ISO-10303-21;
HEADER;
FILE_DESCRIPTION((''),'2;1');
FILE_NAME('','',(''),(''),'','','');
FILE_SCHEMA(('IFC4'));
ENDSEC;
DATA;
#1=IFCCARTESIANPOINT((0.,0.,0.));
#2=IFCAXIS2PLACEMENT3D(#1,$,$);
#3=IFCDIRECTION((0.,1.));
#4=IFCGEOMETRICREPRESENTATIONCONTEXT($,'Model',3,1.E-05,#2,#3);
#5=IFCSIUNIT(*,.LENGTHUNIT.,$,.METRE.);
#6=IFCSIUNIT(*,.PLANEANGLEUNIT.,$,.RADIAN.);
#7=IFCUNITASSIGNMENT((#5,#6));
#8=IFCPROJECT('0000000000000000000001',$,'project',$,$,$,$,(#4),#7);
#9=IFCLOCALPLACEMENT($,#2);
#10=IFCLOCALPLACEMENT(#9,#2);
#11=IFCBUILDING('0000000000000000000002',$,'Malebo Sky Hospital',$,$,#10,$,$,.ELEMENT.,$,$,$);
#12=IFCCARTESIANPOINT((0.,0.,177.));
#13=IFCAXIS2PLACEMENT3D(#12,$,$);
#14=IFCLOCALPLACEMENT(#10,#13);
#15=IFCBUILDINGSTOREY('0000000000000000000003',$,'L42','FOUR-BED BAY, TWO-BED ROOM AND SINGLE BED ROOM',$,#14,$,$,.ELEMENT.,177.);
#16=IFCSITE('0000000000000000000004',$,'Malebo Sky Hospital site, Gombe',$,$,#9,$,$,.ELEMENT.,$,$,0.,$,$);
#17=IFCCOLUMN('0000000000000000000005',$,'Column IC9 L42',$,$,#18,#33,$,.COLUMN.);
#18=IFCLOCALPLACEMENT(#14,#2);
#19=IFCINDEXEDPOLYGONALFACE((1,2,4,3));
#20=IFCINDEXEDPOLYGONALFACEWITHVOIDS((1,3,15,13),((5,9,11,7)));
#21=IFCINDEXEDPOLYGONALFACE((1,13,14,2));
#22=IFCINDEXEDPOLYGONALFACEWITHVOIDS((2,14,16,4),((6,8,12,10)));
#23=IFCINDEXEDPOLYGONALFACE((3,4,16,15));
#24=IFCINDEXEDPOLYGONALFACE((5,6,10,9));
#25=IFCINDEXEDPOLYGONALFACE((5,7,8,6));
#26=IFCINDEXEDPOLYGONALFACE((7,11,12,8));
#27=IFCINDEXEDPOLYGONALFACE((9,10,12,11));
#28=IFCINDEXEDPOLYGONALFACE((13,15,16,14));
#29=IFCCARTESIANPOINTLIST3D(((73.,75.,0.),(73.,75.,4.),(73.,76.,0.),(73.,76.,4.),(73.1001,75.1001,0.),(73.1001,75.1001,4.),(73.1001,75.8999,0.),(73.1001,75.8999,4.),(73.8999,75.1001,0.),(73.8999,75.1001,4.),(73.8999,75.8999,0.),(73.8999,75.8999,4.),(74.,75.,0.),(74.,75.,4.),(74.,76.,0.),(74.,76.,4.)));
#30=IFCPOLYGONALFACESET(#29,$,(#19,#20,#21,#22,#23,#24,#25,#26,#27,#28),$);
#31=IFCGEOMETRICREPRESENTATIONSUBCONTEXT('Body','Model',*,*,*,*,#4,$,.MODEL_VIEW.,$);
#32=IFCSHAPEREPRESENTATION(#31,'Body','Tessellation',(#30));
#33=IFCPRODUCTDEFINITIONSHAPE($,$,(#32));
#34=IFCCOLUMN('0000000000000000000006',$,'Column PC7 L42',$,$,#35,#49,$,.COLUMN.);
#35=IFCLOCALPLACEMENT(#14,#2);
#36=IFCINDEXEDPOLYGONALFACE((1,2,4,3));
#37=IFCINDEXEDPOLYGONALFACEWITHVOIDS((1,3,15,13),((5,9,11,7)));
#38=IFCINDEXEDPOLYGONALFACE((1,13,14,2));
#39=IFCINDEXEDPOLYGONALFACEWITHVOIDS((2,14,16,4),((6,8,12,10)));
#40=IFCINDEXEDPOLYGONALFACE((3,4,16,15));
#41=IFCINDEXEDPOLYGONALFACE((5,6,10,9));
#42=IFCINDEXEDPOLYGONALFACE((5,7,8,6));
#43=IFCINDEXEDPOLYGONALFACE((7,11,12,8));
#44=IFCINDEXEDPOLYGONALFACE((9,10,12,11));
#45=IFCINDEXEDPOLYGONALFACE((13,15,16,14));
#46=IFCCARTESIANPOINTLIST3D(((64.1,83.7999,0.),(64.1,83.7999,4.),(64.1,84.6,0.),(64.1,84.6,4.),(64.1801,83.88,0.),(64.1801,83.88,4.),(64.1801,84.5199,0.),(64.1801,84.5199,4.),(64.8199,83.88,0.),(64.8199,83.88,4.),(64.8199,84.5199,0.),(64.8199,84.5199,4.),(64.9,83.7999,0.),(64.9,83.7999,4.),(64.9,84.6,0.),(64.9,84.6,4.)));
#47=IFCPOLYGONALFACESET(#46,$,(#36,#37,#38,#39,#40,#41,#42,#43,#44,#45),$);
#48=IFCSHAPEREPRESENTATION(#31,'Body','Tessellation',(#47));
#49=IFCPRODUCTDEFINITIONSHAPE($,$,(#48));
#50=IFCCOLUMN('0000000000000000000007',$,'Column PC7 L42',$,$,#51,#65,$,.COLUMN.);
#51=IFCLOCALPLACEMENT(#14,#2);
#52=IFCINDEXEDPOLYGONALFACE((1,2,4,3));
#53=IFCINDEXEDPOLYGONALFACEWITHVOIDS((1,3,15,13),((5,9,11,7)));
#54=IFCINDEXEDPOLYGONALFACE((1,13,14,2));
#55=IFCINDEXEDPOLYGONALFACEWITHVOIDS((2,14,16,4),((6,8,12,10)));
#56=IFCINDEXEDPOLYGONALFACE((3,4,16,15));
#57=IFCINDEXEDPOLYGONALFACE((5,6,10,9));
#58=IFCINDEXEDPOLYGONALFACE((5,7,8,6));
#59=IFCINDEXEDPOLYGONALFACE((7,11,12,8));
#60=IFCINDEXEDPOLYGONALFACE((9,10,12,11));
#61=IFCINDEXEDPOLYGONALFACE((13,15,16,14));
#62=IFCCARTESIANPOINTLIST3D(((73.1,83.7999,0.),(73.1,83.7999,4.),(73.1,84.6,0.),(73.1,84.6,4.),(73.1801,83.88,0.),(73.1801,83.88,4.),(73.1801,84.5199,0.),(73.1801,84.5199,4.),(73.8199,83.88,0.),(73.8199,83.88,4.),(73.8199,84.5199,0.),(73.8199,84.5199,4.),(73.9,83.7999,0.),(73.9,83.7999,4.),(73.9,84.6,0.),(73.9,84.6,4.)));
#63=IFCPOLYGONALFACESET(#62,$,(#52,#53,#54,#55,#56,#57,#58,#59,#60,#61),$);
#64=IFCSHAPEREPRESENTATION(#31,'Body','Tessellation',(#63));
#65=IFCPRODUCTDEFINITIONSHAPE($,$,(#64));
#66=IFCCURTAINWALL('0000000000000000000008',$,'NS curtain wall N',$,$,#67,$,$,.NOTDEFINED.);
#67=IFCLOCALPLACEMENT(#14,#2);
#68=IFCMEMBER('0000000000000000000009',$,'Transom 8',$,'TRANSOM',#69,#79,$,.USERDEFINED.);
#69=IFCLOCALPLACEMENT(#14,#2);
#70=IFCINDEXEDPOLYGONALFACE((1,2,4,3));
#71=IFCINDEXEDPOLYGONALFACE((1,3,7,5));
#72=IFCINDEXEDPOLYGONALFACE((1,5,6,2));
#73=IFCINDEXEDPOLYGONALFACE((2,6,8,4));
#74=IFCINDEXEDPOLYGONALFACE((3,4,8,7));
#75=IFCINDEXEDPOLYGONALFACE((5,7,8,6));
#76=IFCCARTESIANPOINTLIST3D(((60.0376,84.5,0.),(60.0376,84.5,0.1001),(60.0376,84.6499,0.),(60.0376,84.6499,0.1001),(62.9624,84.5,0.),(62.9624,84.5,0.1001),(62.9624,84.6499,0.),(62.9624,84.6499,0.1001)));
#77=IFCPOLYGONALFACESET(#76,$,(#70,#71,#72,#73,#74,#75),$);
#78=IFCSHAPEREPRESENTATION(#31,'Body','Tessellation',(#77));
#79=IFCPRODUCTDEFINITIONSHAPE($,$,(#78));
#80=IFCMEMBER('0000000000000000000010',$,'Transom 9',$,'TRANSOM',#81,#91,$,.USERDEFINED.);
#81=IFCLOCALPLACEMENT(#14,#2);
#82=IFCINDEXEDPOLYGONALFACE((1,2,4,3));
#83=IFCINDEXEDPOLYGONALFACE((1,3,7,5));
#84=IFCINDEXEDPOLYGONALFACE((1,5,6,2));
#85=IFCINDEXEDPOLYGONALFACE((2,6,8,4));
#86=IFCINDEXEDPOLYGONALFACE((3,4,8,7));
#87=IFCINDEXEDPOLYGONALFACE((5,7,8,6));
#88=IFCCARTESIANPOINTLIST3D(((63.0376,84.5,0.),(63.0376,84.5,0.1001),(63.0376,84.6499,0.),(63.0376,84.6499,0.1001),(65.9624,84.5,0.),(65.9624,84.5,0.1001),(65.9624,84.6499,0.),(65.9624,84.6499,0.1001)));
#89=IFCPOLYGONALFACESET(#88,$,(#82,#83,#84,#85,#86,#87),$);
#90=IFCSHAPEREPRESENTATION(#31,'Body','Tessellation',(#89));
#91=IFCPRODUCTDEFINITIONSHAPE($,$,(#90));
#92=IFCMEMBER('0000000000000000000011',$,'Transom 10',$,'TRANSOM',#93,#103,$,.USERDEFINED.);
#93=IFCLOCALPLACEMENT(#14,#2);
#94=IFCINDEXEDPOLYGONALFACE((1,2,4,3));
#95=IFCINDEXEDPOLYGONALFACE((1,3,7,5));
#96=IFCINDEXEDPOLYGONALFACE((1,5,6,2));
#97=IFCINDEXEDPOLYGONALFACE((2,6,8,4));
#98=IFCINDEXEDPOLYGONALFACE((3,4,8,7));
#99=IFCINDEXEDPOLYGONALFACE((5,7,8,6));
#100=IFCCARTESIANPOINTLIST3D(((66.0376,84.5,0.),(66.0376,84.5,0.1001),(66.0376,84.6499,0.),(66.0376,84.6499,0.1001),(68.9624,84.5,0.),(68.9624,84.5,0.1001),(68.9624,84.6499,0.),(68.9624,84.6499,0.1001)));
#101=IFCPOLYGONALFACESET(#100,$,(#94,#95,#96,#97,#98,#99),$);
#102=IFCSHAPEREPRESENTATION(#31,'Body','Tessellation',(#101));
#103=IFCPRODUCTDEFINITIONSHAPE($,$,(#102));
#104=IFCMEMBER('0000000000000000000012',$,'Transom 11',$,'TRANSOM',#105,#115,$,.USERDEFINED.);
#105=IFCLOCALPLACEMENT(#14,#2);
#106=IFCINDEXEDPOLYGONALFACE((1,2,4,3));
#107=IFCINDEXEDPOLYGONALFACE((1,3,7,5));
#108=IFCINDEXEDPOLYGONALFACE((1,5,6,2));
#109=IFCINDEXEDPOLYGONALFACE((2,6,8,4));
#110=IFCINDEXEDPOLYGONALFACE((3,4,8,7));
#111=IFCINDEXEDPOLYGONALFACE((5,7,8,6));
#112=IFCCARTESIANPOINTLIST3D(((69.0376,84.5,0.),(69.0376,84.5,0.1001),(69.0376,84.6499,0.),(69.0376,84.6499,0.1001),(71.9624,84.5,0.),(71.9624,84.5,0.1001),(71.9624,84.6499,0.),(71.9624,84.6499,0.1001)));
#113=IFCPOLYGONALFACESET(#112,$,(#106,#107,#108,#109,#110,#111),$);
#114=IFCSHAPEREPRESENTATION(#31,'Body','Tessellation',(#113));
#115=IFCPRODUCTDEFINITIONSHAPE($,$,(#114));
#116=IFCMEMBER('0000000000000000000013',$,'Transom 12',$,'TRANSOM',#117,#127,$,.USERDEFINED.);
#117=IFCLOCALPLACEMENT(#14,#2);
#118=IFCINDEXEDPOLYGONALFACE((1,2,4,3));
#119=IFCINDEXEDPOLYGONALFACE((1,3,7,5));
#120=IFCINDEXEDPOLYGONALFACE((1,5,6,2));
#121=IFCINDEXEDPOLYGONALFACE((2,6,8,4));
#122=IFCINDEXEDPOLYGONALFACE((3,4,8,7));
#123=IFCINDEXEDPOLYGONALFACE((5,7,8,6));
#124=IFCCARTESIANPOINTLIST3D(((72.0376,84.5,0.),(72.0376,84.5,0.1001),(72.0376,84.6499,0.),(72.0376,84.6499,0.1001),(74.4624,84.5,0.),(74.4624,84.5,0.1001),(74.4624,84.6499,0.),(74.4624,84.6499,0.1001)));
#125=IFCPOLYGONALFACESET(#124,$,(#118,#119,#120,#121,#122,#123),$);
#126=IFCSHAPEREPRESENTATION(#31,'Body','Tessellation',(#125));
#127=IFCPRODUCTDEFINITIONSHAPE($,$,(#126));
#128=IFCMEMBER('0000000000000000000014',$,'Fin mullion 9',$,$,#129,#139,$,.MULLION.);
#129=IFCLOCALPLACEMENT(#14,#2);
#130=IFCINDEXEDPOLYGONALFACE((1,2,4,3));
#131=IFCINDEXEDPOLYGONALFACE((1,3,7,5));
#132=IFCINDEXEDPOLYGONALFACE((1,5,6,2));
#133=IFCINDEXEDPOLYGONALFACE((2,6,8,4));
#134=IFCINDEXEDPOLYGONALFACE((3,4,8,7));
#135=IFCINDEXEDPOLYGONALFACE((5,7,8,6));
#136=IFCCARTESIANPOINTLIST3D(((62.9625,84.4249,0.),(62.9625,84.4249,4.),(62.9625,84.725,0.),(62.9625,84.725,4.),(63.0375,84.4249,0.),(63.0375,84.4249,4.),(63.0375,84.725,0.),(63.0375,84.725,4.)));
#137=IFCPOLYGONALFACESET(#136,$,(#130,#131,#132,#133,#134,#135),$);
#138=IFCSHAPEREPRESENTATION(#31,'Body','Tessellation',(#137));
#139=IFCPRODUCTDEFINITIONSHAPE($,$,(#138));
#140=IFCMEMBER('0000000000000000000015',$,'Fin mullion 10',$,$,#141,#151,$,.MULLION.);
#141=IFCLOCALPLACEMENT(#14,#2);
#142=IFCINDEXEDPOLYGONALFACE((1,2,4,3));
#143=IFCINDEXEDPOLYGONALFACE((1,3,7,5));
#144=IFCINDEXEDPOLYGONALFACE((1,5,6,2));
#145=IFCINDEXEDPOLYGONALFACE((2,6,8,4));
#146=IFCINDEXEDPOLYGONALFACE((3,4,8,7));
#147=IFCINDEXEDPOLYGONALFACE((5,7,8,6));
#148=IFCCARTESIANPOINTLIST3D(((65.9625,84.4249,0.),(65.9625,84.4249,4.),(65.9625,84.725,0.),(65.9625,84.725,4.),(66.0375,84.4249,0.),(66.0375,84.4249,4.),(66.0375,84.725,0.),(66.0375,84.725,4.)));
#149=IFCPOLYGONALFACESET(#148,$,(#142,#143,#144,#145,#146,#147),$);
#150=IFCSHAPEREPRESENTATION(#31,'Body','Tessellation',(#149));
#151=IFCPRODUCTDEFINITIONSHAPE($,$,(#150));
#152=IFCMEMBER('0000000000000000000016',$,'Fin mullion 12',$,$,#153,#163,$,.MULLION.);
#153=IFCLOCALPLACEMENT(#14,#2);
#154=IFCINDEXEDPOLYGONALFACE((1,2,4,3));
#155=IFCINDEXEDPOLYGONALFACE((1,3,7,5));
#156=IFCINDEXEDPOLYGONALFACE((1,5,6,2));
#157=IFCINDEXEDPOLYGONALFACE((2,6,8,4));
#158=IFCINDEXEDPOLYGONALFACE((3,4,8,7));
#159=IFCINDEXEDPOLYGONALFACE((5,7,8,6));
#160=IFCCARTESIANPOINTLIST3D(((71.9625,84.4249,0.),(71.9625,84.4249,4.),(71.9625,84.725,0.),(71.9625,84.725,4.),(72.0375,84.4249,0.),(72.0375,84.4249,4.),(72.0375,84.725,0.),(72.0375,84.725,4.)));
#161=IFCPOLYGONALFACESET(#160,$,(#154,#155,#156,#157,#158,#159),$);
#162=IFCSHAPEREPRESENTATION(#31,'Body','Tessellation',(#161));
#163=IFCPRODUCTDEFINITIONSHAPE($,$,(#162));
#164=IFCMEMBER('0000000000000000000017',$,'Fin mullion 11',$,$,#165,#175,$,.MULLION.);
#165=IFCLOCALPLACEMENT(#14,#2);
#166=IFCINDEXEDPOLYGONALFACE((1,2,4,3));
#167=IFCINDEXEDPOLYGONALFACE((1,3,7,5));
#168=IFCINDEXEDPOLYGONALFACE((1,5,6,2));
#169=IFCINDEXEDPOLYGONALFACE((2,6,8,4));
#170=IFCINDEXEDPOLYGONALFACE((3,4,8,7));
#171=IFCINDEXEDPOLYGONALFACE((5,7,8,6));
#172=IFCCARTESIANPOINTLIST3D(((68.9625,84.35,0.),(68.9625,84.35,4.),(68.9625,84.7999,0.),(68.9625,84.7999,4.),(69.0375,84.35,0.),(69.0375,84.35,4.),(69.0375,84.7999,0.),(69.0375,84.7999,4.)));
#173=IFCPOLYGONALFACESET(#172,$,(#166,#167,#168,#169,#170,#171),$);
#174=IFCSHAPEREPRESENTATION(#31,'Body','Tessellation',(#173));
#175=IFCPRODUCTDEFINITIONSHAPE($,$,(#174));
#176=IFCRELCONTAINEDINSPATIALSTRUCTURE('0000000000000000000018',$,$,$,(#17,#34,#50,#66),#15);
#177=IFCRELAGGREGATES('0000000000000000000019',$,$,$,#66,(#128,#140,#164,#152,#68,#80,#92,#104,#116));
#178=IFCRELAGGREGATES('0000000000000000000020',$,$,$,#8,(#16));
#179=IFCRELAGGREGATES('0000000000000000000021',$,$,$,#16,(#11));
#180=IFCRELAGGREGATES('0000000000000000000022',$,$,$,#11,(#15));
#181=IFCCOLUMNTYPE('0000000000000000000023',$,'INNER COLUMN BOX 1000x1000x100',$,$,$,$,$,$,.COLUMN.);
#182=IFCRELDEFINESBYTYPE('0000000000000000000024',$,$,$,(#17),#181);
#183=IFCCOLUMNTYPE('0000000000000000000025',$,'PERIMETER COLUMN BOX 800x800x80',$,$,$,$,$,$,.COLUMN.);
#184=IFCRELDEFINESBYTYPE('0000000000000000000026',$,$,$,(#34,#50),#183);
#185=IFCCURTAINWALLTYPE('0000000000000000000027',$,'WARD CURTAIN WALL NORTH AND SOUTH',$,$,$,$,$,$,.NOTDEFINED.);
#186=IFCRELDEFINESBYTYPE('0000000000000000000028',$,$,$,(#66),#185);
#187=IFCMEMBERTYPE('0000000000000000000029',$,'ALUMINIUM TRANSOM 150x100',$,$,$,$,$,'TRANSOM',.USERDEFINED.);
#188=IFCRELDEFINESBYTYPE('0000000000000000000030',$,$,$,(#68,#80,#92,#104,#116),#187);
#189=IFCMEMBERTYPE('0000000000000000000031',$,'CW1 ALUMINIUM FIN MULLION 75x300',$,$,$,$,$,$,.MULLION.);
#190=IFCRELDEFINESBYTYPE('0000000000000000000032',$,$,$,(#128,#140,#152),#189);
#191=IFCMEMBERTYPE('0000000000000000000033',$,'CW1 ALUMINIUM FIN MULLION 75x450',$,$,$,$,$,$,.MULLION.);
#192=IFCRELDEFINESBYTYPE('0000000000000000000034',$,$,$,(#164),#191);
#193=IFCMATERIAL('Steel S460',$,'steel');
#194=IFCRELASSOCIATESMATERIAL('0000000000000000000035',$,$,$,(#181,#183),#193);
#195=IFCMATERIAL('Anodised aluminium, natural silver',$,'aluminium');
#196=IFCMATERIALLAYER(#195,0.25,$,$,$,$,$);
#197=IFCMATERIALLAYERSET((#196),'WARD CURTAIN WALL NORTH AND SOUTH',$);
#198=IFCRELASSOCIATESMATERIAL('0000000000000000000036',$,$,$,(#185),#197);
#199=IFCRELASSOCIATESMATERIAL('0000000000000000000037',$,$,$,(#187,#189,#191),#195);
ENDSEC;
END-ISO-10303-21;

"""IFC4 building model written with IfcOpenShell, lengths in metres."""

from ifc_helpers import new_model, si_unit, direction, frame, origin, origin_2d, place, context, subcontext, project, spatial, rectangle, hollow_rectangle, extrude, material, layer, layer_set, material_profile, profile_set, type_object, element, aggregate, save


model = new_model("IFC4")

# Units and contexts
model_context = context("Model", 3, precision=1e-05, world=origin(), true_north=direction((0.0, 1.0)))
body_context = subcontext(model_context, "Body", "Model", "MODEL_VIEW")
ifc_project = project(units=[si_unit("LENGTHUNIT", "METRE"), si_unit("PLANEANGLEUNIT", "RADIAN")], contexts=[model_context])

# Site, building, storey
site_placement = place(None, origin())
site = spatial("IfcSite", under=ifc_project, at=site_placement, Name="Malebo Sky Hospital site, Gombe", CompositionType="ELEMENT", RefElevation=0.0)
building_placement = place(site_placement, origin())
building = spatial("IfcBuilding", under=site, at=building_placement, Name="Malebo Sky Hospital", CompositionType="ELEMENT")
storey_placement = place(building_placement, frame((0.0, 0.0, 177.0)))
storey = spatial("IfcBuildingStorey", under=building, at=storey_placement, Name="L42", Description="FOUR-BED BAY, TWO-BED ROOM AND SINGLE BED ROOM", CompositionType="ELEMENT", Elevation=177.0)

# Columns
ifc_material_1 = material(Name="Steel S460", Category="steel")
ifc_material_profile_1 = material_profile(ifc_material_1, hollow_rectangle(XDim=1.0, YDim=1.0, WallThickness=0.1001, at=origin_2d()), Name="BOX 1000x1000x100")
ifc_profile_set_1 = profile_set([ifc_material_profile_1], Name="Steel S460")
column_type_1 = type_object("IfcColumnType", Name="INNER COLUMN BOX 1000x1000x100", PredefinedType="COLUMN", material=ifc_profile_set_1)
column_placement = place(storey_placement, frame((73.5, 75.5, 0.0), z_axis=(0.0, 0.0, 1.0), x_axis=(1.0, 0.0, 0.0)))
element("IfcColumn", 1, at=column_placement, inside=storey, type_object=column_type_1, Name="Column IC9 L42", PredefinedType="COLUMN", context=body_context, shape_type="SweptSolid", body=[
    extrude(hollow_rectangle(XDim=1.0, YDim=1.0, WallThickness=0.1001, at=origin_2d()), origin(), (0.0, 0.0, 1.0), 4.0),
])
ifc_material_profile_2 = material_profile(ifc_material_1, hollow_rectangle(XDim=0.8, YDim=0.8, WallThickness=0.0801, at=origin_2d()), Name="BOX 800x800x80")
ifc_profile_set_2 = profile_set([ifc_material_profile_2], Name="Steel S460")
column_type_2 = type_object("IfcColumnType", Name="PERIMETER COLUMN BOX 800x800x80", PredefinedType="COLUMN", material=ifc_profile_set_2)
for number, where, z_axis, x_axis, name in (
    (2, (64.5, 84.2, 0.0), (0.0, 0.0, 1.0), (1.0, 0.0, 0.0), "Column PC7 L42"),
    (3, (73.5, 84.2, 0.0), (0.0, 0.0, 1.0), (1.0, 0.0, 0.0), "Column PC7 L42"),
):
    element("IfcColumn", number, at=place(storey_placement, frame(where, z_axis=z_axis, x_axis=x_axis)), inside=storey, type_object=column_type_2, Name=name, PredefinedType="COLUMN", context=body_context, shape_type="SweptSolid", body=[
        extrude(hollow_rectangle(XDim=0.8, YDim=0.8, WallThickness=0.0801, at=origin_2d()), origin(), (0.0, 0.0, 1.0), 4.0),
    ])

# Curtain wall, members
ifc_material_2 = material(Name="Anodised aluminium, natural silver", Category="aluminium")
ifc_layer_1 = layer(ifc_material_2, 0.25)
ifc_layer_set_1 = layer_set([ifc_layer_1], Name="WARD CURTAIN WALL NORTH AND SOUTH")
curtain_wall_type = type_object("IfcCurtainWallType", Name="WARD CURTAIN WALL NORTH AND SOUTH", PredefinedType="NOTDEFINED", material=ifc_layer_set_1)
curtain_wall_placement = place(storey_placement, origin())
curtain_wall = element("IfcCurtainWall", 4, at=curtain_wall_placement, inside=storey, type_object=curtain_wall_type, Name="NS curtain wall N", PredefinedType="NOTDEFINED")
ifc_material_profile_3 = material_profile(ifc_material_2, rectangle(XDim=0.1499, YDim=0.1001, at=origin_2d()), Name="ALUMINIUM TRANSOM 150x100")
ifc_profile_set_3 = profile_set([ifc_material_profile_3], Name="Anodised aluminium, natural silver")
member_type_1 = type_object("IfcMemberType", Name="ALUMINIUM TRANSOM 150x100", ElementType="TRANSOM", PredefinedType="USERDEFINED", material=ifc_profile_set_3)
member_1_placement = place(storey_placement, frame((60.0376, 84.575, 0.05), z_axis=(1.0, 0.0, 0.0), x_axis=(0.0, 1.0, 0.0)))
member_1 = element("IfcMember", 5, at=member_1_placement, type_object=member_type_1, Name="Transom 8", ObjectType="TRANSOM", PredefinedType="USERDEFINED", context=body_context, shape_type="SweptSolid", body=[
    extrude(rectangle(XDim=0.1499, YDim=0.1001, at=origin_2d()), origin(), (0.0, 0.0, 1.0), 2.9248),
])
member_2_placement = place(storey_placement, frame((63.0376, 84.575, 0.05), z_axis=(1.0, 0.0, 0.0), x_axis=(0.0, 1.0, 0.0)))
member_2 = element("IfcMember", 6, at=member_2_placement, type_object=member_type_1, Name="Transom 9", ObjectType="TRANSOM", PredefinedType="USERDEFINED", context=body_context, shape_type="SweptSolid", body=[
    extrude(rectangle(XDim=0.1499, YDim=0.1001, at=origin_2d()), origin(), (0.0, 0.0, 1.0), 2.9248),
])
member_3_placement = place(storey_placement, frame((66.0376, 84.575, 0.05), z_axis=(1.0, 0.0, 0.0), x_axis=(0.0, 1.0, 0.0)))
member_3 = element("IfcMember", 7, at=member_3_placement, type_object=member_type_1, Name="Transom 10", ObjectType="TRANSOM", PredefinedType="USERDEFINED", context=body_context, shape_type="SweptSolid", body=[
    extrude(rectangle(XDim=0.1499, YDim=0.1001, at=origin_2d()), origin(), (0.0, 0.0, 1.0), 2.9248),
])
member_4_placement = place(storey_placement, frame((69.0376, 84.575, 0.05), z_axis=(1.0, 0.0, 0.0), x_axis=(0.0, 1.0, 0.0)))
member_4 = element("IfcMember", 8, at=member_4_placement, type_object=member_type_1, Name="Transom 11", ObjectType="TRANSOM", PredefinedType="USERDEFINED", context=body_context, shape_type="SweptSolid", body=[
    extrude(rectangle(XDim=0.1499, YDim=0.1001, at=origin_2d()), origin(), (0.0, 0.0, 1.0), 2.9248),
])
member_5_placement = place(storey_placement, frame((72.0376, 84.575, 0.05), z_axis=(1.0, 0.0, 0.0), x_axis=(0.0, 1.0, 0.0)))
member_5 = element("IfcMember", 9, at=member_5_placement, type_object=member_type_1, Name="Transom 12", ObjectType="TRANSOM", PredefinedType="USERDEFINED", context=body_context, shape_type="SweptSolid", body=[
    extrude(rectangle(XDim=0.1499, YDim=0.1001, at=origin_2d()), origin(), (0.0, 0.0, 1.0), 2.4248),
])
ifc_material_profile_4 = material_profile(ifc_material_2, rectangle(XDim=0.075, YDim=0.3, at=origin_2d()), Name="CW1 ALUMINIUM FIN MULLION 75x300")
ifc_profile_set_4 = profile_set([ifc_material_profile_4], Name="Anodised aluminium, natural silver")
member_type_2 = type_object("IfcMemberType", Name="CW1 ALUMINIUM FIN MULLION 75x300", PredefinedType="MULLION", material=ifc_profile_set_4)
member_6_placement = place(storey_placement, frame((63.0, 84.575, 0.0), z_axis=(0.0, 0.0, 1.0), x_axis=(1.0, 0.0, 0.0)))
member_6 = element("IfcMember", 10, at=member_6_placement, type_object=member_type_2, Name="Fin mullion 9", PredefinedType="MULLION", context=body_context, shape_type="SweptSolid", body=[
    extrude(rectangle(XDim=0.075, YDim=0.3, at=origin_2d()), origin(), (0.0, 0.0, 1.0), 4.0),
])
member_7_placement = place(storey_placement, frame((66.0, 84.575, 0.0), z_axis=(0.0, 0.0, 1.0), x_axis=(1.0, 0.0, 0.0)))
member_7 = element("IfcMember", 11, at=member_7_placement, type_object=member_type_2, Name="Fin mullion 10", PredefinedType="MULLION", context=body_context, shape_type="SweptSolid", body=[
    extrude(rectangle(XDim=0.075, YDim=0.3, at=origin_2d()), origin(), (0.0, 0.0, 1.0), 4.0),
])
member_8_placement = place(storey_placement, frame((72.0, 84.575, 0.0), z_axis=(0.0, 0.0, 1.0), x_axis=(1.0, 0.0, 0.0)))
member_8 = element("IfcMember", 12, at=member_8_placement, type_object=member_type_2, Name="Fin mullion 12", PredefinedType="MULLION", context=body_context, shape_type="SweptSolid", body=[
    extrude(rectangle(XDim=0.075, YDim=0.3, at=origin_2d()), origin(), (0.0, 0.0, 1.0), 4.0),
])
ifc_material_profile_5 = material_profile(ifc_material_2, rectangle(XDim=0.075, YDim=0.45, at=origin_2d()), Name="CW1 ALUMINIUM FIN MULLION 75x450")
ifc_profile_set_5 = profile_set([ifc_material_profile_5], Name="Anodised aluminium, natural silver")
member_type_3 = type_object("IfcMemberType", Name="CW1 ALUMINIUM FIN MULLION 75x450", PredefinedType="MULLION", material=ifc_profile_set_5)
member_9_placement = place(storey_placement, frame((69.0, 84.575, 0.0), z_axis=(0.0, 0.0, 1.0), x_axis=(1.0, 0.0, 0.0)))
member_9 = element("IfcMember", 13, at=member_9_placement, type_object=member_type_3, Name="Fin mullion 11", PredefinedType="MULLION", context=body_context, shape_type="SweptSolid", body=[
    extrude(rectangle(XDim=0.075, YDim=0.45, at=origin_2d()), origin(), (0.0, 0.0, 1.0), 4.0),
])

aggregate(curtain_wall, [member_6, member_7, member_9, member_8, member_1, member_2, member_3, member_4, member_5])

save(model, "model.ifc")
